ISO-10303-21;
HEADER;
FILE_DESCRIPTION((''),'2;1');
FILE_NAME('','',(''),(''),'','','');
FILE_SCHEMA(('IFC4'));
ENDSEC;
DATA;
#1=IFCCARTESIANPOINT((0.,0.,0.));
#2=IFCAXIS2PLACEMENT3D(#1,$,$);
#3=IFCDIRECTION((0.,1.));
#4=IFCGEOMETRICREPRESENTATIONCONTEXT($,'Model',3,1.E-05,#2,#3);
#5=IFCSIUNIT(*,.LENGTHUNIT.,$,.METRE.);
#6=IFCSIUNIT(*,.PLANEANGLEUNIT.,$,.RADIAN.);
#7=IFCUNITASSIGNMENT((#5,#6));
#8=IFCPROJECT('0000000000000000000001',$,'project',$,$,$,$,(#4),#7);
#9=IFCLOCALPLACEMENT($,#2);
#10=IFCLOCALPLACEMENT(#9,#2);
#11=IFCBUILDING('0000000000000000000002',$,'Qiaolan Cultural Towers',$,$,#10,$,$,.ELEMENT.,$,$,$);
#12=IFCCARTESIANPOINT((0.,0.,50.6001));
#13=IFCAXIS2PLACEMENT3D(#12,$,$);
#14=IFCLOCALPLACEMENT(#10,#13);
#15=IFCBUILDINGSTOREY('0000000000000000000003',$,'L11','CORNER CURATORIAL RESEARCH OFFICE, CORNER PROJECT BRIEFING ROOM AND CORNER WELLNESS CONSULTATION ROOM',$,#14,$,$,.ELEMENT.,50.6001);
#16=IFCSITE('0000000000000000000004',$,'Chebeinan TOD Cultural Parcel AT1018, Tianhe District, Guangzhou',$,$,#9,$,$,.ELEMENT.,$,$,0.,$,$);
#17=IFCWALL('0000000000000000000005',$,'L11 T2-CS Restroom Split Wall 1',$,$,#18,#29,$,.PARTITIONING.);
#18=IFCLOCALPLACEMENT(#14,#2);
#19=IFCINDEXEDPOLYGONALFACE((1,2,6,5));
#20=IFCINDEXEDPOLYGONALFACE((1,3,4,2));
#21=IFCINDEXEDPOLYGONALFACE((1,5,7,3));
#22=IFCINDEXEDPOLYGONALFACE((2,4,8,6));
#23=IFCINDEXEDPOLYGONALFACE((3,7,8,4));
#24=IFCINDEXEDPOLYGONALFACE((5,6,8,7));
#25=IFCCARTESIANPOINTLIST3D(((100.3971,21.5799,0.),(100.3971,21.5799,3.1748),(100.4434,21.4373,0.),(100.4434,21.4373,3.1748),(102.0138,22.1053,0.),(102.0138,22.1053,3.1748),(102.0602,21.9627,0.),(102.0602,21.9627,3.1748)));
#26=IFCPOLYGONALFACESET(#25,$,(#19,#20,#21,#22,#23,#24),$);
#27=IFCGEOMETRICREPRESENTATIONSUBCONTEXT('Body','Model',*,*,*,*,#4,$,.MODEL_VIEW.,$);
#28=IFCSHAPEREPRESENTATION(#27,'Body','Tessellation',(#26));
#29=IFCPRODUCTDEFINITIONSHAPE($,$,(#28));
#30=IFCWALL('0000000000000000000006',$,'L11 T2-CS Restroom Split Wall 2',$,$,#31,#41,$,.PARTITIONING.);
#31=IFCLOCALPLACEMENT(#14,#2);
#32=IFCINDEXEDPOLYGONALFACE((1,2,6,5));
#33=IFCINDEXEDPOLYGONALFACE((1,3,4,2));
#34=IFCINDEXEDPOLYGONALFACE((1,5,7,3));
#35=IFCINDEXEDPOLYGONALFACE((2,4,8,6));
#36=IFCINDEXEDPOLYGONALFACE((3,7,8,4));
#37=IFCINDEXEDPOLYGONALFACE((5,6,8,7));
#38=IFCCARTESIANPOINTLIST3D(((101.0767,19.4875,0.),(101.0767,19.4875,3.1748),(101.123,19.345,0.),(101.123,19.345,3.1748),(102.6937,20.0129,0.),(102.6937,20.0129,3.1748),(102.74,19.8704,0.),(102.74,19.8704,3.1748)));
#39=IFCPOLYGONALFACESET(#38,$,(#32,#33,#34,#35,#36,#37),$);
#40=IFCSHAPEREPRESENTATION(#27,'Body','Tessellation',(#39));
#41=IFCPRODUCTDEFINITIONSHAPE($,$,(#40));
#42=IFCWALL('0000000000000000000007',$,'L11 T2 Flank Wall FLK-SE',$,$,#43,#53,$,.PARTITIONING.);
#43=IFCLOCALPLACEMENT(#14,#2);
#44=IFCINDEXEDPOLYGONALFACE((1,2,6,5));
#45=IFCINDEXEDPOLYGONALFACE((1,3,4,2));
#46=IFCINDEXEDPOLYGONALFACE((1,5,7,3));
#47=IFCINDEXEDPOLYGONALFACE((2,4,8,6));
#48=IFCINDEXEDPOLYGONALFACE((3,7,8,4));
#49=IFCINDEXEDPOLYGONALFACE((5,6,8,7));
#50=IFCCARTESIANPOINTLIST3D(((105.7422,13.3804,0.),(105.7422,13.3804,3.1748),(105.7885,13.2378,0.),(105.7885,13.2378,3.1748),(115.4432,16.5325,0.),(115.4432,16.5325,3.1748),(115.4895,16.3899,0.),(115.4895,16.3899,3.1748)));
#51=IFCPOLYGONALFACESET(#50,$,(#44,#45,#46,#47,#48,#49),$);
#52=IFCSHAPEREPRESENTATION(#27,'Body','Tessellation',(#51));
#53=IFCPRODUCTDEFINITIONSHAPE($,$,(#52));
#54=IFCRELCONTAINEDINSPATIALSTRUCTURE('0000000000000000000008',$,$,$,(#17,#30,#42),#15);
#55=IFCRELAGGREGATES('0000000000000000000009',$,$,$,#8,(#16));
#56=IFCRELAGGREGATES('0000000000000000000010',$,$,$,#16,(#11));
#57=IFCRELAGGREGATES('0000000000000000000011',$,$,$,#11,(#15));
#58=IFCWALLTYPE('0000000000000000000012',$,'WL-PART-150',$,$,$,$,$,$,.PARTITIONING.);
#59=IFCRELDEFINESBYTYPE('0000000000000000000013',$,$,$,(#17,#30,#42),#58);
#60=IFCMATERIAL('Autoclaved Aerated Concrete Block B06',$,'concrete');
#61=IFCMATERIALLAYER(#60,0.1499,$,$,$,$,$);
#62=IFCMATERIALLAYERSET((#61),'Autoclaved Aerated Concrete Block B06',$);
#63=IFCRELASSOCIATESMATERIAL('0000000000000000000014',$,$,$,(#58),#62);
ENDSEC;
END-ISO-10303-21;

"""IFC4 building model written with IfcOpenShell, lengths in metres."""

from ifc_helpers import new_model, si_unit, direction, frame, frame_2d, origin, place, context, subcontext, project, spatial, rectangle, extrude, material, layer, layer_set, type_object, element, save


model = new_model("IFC4")

# Units and contexts
model_context = context("Model", 3, precision=1e-05, world=origin(), true_north=direction((0.0, 1.0)))
body_context = subcontext(model_context, "Body", "Model", "MODEL_VIEW")
ifc_project = project(units=[si_unit("LENGTHUNIT", "METRE"), si_unit("PLANEANGLEUNIT", "RADIAN")], contexts=[model_context])

# Site, building, storey
site_placement = place(None, origin())
site = spatial("IfcSite", under=ifc_project, at=site_placement, Name="Chebeinan TOD Cultural Parcel AT1018, Tianhe District, Guangzhou", CompositionType="ELEMENT", RefElevation=0.0)
building_placement = place(site_placement, origin())
building = spatial("IfcBuilding", under=site, at=building_placement, Name="Qiaolan Cultural Towers", CompositionType="ELEMENT")
storey_placement = place(building_placement, frame((0.0, 0.0, 50.6001)))
storey = spatial("IfcBuildingStorey", under=building, at=storey_placement, Name="L11", Description="CORNER CURATORIAL RESEARCH OFFICE, CORNER PROJECT BRIEFING ROOM AND CORNER WELLNESS CONSULTATION ROOM", CompositionType="ELEMENT", Elevation=50.6001)

# Shared definitions
ifc_material_1 = material(Name="Autoclaved Aerated Concrete Block B06", Category="concrete")
ifc_layer_1 = layer(ifc_material_1, 0.1499)
ifc_layer_set_1 = layer_set([ifc_layer_1], Name="Autoclaved Aerated Concrete Block B06")
wall_type_1 = type_object("IfcWallType", Name="WL-PART-150", PredefinedType="PARTITIONING", material=ifc_layer_set_1)

# Walls
wall_1_placement = place(storey_placement, frame((100.4202, 21.5085, 0.0), z_axis=(0.0, 0.0, 1.0), x_axis=(0.95104, 0.309067, 0.0)))
element("IfcWall", 1, at=wall_1_placement, inside=storey, type_object=wall_type_1, Name="L11 T2-CS Restroom Split Wall 1", PredefinedType="PARTITIONING", context=body_context, shape_type="SweptSolid", body=[
    extrude(rectangle(XDim=1.7, YDim=0.1499, at=frame_2d((0.8501, 0.0))), origin(), (0.0, 0.0, 1.0), 3.1748),
])
wall_2_placement = place(storey_placement, frame((101.0999, 19.4163, 0.0), z_axis=(0.0, 0.0, 1.0), x_axis=(0.951054, 0.309024, 0.0)))
element("IfcWall", 2, at=wall_2_placement, inside=storey, type_object=wall_type_1, Name="L11 T2-CS Restroom Split Wall 2", PredefinedType="PARTITIONING", context=body_context, shape_type="SweptSolid", body=[
    extrude(rectangle(XDim=1.7002, YDim=0.1499, at=frame_2d((0.8501, 0.0))), origin(), (0.0, 0.0, 1.0), 3.1748),
])
wall_3_placement = place(storey_placement, frame((105.7654, 13.3091, 0.0), z_axis=(0.0, 0.0, 1.0), x_axis=(0.951054, 0.309024, 0.0)))
element("IfcWall", 3, at=wall_3_placement, inside=storey, type_object=wall_type_1, Name="L11 T2 Flank Wall FLK-SE", PredefinedType="PARTITIONING", context=body_context, shape_type="SweptSolid", body=[
    extrude(rectangle(XDim=10.2002, YDim=0.1499, at=frame_2d((5.1001, 0.0))), origin(), (0.0, 0.0, 1.0), 3.1748),
])

save(model, "model.ifc")
